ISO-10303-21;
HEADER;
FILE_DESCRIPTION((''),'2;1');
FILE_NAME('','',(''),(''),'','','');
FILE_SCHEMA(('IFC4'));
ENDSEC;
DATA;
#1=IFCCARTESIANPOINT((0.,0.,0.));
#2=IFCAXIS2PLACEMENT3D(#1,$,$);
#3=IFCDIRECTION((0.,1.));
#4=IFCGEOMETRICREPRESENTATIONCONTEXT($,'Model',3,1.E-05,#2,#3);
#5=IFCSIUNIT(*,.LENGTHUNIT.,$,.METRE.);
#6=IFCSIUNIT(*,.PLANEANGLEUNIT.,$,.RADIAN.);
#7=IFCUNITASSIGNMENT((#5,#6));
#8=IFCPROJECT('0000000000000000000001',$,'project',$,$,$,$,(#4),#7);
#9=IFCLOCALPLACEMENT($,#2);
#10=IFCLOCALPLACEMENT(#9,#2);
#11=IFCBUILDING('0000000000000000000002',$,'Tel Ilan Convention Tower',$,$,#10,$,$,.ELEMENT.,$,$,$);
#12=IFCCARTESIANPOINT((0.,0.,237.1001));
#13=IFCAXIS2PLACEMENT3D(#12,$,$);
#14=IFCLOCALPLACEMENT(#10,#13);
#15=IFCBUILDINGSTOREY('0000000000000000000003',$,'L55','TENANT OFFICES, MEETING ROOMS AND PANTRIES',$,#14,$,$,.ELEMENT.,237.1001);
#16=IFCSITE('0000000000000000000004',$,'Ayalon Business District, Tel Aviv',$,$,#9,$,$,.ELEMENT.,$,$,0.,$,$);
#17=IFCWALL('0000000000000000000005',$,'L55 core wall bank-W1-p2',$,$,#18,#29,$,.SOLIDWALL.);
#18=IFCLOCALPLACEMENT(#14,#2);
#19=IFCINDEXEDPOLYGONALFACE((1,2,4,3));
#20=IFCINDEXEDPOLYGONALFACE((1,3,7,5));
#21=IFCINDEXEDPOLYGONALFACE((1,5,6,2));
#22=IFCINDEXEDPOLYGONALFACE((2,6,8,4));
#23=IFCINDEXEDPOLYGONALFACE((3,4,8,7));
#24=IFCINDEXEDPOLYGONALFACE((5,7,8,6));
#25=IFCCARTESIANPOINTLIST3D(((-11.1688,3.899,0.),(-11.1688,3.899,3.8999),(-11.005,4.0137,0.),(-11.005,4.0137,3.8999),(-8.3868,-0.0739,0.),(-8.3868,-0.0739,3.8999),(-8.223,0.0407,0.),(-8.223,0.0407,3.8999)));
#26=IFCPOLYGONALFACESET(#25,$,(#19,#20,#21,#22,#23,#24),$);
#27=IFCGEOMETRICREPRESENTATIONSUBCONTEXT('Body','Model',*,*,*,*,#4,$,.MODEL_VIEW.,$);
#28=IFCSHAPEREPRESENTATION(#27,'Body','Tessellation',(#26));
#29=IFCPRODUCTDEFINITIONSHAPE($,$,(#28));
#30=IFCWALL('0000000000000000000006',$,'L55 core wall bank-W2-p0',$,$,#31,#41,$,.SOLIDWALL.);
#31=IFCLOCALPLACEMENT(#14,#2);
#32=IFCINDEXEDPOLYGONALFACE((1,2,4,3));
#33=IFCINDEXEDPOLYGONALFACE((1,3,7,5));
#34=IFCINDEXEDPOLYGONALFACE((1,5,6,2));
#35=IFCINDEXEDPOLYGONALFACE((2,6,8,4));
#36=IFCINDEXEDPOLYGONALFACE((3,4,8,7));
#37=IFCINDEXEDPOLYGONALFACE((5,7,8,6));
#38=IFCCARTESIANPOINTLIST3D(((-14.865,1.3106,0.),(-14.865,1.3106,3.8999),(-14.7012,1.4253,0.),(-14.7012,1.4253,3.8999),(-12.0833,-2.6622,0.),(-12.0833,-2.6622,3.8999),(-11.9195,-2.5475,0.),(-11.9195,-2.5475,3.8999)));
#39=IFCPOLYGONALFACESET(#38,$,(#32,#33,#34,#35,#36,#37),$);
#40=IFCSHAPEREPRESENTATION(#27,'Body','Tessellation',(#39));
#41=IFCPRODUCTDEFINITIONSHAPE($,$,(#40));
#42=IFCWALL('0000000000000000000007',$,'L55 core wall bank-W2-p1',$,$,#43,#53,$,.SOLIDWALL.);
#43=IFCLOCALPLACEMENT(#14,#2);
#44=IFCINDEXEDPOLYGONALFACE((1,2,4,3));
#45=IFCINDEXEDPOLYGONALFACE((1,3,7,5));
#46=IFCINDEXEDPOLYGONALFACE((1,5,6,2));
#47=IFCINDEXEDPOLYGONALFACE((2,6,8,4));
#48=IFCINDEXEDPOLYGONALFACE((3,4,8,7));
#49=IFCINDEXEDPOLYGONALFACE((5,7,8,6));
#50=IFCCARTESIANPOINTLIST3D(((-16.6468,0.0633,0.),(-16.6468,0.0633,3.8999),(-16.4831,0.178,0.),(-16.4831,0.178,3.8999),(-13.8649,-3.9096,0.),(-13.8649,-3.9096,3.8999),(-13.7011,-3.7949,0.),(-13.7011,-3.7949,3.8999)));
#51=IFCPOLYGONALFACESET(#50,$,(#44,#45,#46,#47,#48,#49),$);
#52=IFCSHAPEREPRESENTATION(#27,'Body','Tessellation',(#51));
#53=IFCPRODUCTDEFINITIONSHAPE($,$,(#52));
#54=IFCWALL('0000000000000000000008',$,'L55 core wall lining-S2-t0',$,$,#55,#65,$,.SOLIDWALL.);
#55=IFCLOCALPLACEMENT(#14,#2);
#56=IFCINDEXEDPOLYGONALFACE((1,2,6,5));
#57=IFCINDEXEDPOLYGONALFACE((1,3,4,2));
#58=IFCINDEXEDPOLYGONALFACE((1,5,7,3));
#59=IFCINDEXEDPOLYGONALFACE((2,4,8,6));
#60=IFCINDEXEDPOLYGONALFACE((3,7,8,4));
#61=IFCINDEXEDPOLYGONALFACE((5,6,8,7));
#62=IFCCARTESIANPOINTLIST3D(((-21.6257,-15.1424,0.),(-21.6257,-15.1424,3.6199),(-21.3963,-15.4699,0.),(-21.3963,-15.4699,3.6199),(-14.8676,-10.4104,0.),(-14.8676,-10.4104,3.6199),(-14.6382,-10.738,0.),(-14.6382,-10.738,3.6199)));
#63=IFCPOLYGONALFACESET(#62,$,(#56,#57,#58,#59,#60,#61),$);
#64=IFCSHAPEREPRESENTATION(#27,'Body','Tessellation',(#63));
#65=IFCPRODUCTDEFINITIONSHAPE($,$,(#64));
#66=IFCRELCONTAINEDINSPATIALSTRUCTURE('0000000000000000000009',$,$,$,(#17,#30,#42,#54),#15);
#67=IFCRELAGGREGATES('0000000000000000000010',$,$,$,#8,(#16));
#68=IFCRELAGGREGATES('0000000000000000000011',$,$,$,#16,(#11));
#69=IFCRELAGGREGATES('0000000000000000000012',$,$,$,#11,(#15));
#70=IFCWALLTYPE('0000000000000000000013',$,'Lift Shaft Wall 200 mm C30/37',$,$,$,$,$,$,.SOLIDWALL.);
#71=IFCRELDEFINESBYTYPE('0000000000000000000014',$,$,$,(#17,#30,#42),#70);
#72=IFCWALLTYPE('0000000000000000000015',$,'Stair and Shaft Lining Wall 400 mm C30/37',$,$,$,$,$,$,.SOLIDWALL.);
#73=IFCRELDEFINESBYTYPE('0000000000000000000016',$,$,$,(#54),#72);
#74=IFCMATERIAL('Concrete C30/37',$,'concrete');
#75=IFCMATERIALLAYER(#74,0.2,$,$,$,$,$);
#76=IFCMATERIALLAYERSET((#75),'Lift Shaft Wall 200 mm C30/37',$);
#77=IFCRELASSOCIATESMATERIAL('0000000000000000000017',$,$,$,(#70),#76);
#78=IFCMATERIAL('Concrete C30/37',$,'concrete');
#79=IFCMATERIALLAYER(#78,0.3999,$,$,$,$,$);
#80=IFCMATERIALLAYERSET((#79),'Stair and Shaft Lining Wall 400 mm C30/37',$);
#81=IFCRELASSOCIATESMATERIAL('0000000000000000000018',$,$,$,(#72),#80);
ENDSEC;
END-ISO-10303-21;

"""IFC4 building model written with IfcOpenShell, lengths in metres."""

from ifc_helpers import new_model, si_unit, direction, frame, frame_2d, origin, place, context, subcontext, project, spatial, rectangle, extrude, material, layer, layer_set, type_object, element, save


model = new_model("IFC4")

# Units and contexts
model_context = context("Model", 3, precision=1e-05, world=origin(), true_north=direction((0.0, 1.0)))
body_context = subcontext(model_context, "Body", "Model", "MODEL_VIEW")
ifc_project = project(units=[si_unit("LENGTHUNIT", "METRE"), si_unit("PLANEANGLEUNIT", "RADIAN")], contexts=[model_context])

# Site, building, storey
site_placement = place(None, origin())
site = spatial("IfcSite", under=ifc_project, at=site_placement, Name="Ayalon Business District, Tel Aviv", CompositionType="ELEMENT", RefElevation=0.0)
building_placement = place(site_placement, origin())
building = spatial("IfcBuilding", under=site, at=building_placement, Name="Tel Ilan Convention Tower", CompositionType="ELEMENT")
storey_placement = place(building_placement, frame((0.0, 0.0, 237.1001)))
storey = spatial("IfcBuildingStorey", under=building, at=storey_placement, Name="L55", Description="TENANT OFFICES, MEETING ROOMS AND PANTRIES", CompositionType="ELEMENT", Elevation=237.1001)

# Walls
ifc_material_1 = material(Name="Concrete C30/37", Category="concrete")
ifc_layer_1 = layer(ifc_material_1, 0.2)
ifc_layer_set_1 = layer_set([ifc_layer_1], Name="Lift Shaft Wall 200 mm C30/37")
wall_type_1 = type_object("IfcWallType", Name="Lift Shaft Wall 200 mm C30/37", PredefinedType="SOLIDWALL", material=ifc_layer_set_1)
wall_1_placement = place(storey_placement, frame((-8.3049, -0.0166, 0.0), z_axis=(0.0, 0.0, 1.0), x_axis=(-0.573594, 0.81914, 0.0)))
element("IfcWall", 1, at=wall_1_placement, inside=storey, type_object=wall_type_1, Name="L55 core wall bank-W1-p2", PredefinedType="SOLIDWALL", context=body_context, shape_type="SweptSolid", body=[
    extrude(rectangle(XDim=4.8501, YDim=0.2, at=frame_2d((2.425, 0.0))), origin(), (0.0, 0.0, 1.0), 3.8999),
])
wall_2_placement = place(storey_placement, frame((-12.0015, -2.6047, 0.0), z_axis=(0.0, 0.0, 1.0), x_axis=(-0.57356, 0.819163, 0.0)))
element("IfcWall", 2, at=wall_2_placement, inside=storey, type_object=wall_type_1, Name="L55 core wall bank-W2-p0", PredefinedType="SOLIDWALL", context=body_context, shape_type="SweptSolid", body=[
    extrude(rectangle(XDim=4.8499, YDim=0.2, at=frame_2d((2.4248, 0.0))), origin(), (0.0, 0.0, 1.0), 3.8999),
])
wall_3_placement = place(storey_placement, frame((-13.783, -3.8523, 0.0), z_axis=(0.0, 0.0, 1.0), x_axis=(-0.573594, 0.81914, 0.0)))
element("IfcWall", 3, at=wall_3_placement, inside=storey, type_object=wall_type_1, Name="L55 core wall bank-W2-p1", PredefinedType="SOLIDWALL", context=body_context, shape_type="SweptSolid", body=[
    extrude(rectangle(XDim=4.8501, YDim=0.2, at=frame_2d((2.425, 0.0))), origin(), (0.0, 0.0, 1.0), 3.8999),
])
ifc_material_2 = material(Name="Concrete C30/37", Category="concrete")
ifc_layer_2 = layer(ifc_material_2, 0.3999)
ifc_layer_set_2 = layer_set([ifc_layer_2], Name="Stair and Shaft Lining Wall 400 mm C30/37")
wall_type_2 = type_object("IfcWallType", Name="Stair and Shaft Lining Wall 400 mm C30/37", PredefinedType="SOLIDWALL", material=ifc_layer_set_2)
wall_4_placement = place(storey_placement, frame((-14.7529, -10.5742, 0.0), z_axis=(0.0, 0.0, 1.0), x_axis=(-0.819158, -0.573568, 0.0)))
element("IfcWall", 4, at=wall_4_placement, inside=storey, type_object=wall_type_2, Name="L55 core wall lining-S2-t0", PredefinedType="SOLIDWALL", context=body_context, shape_type="SweptSolid", body=[
    extrude(rectangle(XDim=8.25, YDim=0.3999, at=frame_2d((4.125, 0.0))), origin(), (0.0, 0.0, 1.0), 3.6199),
])

save(model, "model.ifc")
